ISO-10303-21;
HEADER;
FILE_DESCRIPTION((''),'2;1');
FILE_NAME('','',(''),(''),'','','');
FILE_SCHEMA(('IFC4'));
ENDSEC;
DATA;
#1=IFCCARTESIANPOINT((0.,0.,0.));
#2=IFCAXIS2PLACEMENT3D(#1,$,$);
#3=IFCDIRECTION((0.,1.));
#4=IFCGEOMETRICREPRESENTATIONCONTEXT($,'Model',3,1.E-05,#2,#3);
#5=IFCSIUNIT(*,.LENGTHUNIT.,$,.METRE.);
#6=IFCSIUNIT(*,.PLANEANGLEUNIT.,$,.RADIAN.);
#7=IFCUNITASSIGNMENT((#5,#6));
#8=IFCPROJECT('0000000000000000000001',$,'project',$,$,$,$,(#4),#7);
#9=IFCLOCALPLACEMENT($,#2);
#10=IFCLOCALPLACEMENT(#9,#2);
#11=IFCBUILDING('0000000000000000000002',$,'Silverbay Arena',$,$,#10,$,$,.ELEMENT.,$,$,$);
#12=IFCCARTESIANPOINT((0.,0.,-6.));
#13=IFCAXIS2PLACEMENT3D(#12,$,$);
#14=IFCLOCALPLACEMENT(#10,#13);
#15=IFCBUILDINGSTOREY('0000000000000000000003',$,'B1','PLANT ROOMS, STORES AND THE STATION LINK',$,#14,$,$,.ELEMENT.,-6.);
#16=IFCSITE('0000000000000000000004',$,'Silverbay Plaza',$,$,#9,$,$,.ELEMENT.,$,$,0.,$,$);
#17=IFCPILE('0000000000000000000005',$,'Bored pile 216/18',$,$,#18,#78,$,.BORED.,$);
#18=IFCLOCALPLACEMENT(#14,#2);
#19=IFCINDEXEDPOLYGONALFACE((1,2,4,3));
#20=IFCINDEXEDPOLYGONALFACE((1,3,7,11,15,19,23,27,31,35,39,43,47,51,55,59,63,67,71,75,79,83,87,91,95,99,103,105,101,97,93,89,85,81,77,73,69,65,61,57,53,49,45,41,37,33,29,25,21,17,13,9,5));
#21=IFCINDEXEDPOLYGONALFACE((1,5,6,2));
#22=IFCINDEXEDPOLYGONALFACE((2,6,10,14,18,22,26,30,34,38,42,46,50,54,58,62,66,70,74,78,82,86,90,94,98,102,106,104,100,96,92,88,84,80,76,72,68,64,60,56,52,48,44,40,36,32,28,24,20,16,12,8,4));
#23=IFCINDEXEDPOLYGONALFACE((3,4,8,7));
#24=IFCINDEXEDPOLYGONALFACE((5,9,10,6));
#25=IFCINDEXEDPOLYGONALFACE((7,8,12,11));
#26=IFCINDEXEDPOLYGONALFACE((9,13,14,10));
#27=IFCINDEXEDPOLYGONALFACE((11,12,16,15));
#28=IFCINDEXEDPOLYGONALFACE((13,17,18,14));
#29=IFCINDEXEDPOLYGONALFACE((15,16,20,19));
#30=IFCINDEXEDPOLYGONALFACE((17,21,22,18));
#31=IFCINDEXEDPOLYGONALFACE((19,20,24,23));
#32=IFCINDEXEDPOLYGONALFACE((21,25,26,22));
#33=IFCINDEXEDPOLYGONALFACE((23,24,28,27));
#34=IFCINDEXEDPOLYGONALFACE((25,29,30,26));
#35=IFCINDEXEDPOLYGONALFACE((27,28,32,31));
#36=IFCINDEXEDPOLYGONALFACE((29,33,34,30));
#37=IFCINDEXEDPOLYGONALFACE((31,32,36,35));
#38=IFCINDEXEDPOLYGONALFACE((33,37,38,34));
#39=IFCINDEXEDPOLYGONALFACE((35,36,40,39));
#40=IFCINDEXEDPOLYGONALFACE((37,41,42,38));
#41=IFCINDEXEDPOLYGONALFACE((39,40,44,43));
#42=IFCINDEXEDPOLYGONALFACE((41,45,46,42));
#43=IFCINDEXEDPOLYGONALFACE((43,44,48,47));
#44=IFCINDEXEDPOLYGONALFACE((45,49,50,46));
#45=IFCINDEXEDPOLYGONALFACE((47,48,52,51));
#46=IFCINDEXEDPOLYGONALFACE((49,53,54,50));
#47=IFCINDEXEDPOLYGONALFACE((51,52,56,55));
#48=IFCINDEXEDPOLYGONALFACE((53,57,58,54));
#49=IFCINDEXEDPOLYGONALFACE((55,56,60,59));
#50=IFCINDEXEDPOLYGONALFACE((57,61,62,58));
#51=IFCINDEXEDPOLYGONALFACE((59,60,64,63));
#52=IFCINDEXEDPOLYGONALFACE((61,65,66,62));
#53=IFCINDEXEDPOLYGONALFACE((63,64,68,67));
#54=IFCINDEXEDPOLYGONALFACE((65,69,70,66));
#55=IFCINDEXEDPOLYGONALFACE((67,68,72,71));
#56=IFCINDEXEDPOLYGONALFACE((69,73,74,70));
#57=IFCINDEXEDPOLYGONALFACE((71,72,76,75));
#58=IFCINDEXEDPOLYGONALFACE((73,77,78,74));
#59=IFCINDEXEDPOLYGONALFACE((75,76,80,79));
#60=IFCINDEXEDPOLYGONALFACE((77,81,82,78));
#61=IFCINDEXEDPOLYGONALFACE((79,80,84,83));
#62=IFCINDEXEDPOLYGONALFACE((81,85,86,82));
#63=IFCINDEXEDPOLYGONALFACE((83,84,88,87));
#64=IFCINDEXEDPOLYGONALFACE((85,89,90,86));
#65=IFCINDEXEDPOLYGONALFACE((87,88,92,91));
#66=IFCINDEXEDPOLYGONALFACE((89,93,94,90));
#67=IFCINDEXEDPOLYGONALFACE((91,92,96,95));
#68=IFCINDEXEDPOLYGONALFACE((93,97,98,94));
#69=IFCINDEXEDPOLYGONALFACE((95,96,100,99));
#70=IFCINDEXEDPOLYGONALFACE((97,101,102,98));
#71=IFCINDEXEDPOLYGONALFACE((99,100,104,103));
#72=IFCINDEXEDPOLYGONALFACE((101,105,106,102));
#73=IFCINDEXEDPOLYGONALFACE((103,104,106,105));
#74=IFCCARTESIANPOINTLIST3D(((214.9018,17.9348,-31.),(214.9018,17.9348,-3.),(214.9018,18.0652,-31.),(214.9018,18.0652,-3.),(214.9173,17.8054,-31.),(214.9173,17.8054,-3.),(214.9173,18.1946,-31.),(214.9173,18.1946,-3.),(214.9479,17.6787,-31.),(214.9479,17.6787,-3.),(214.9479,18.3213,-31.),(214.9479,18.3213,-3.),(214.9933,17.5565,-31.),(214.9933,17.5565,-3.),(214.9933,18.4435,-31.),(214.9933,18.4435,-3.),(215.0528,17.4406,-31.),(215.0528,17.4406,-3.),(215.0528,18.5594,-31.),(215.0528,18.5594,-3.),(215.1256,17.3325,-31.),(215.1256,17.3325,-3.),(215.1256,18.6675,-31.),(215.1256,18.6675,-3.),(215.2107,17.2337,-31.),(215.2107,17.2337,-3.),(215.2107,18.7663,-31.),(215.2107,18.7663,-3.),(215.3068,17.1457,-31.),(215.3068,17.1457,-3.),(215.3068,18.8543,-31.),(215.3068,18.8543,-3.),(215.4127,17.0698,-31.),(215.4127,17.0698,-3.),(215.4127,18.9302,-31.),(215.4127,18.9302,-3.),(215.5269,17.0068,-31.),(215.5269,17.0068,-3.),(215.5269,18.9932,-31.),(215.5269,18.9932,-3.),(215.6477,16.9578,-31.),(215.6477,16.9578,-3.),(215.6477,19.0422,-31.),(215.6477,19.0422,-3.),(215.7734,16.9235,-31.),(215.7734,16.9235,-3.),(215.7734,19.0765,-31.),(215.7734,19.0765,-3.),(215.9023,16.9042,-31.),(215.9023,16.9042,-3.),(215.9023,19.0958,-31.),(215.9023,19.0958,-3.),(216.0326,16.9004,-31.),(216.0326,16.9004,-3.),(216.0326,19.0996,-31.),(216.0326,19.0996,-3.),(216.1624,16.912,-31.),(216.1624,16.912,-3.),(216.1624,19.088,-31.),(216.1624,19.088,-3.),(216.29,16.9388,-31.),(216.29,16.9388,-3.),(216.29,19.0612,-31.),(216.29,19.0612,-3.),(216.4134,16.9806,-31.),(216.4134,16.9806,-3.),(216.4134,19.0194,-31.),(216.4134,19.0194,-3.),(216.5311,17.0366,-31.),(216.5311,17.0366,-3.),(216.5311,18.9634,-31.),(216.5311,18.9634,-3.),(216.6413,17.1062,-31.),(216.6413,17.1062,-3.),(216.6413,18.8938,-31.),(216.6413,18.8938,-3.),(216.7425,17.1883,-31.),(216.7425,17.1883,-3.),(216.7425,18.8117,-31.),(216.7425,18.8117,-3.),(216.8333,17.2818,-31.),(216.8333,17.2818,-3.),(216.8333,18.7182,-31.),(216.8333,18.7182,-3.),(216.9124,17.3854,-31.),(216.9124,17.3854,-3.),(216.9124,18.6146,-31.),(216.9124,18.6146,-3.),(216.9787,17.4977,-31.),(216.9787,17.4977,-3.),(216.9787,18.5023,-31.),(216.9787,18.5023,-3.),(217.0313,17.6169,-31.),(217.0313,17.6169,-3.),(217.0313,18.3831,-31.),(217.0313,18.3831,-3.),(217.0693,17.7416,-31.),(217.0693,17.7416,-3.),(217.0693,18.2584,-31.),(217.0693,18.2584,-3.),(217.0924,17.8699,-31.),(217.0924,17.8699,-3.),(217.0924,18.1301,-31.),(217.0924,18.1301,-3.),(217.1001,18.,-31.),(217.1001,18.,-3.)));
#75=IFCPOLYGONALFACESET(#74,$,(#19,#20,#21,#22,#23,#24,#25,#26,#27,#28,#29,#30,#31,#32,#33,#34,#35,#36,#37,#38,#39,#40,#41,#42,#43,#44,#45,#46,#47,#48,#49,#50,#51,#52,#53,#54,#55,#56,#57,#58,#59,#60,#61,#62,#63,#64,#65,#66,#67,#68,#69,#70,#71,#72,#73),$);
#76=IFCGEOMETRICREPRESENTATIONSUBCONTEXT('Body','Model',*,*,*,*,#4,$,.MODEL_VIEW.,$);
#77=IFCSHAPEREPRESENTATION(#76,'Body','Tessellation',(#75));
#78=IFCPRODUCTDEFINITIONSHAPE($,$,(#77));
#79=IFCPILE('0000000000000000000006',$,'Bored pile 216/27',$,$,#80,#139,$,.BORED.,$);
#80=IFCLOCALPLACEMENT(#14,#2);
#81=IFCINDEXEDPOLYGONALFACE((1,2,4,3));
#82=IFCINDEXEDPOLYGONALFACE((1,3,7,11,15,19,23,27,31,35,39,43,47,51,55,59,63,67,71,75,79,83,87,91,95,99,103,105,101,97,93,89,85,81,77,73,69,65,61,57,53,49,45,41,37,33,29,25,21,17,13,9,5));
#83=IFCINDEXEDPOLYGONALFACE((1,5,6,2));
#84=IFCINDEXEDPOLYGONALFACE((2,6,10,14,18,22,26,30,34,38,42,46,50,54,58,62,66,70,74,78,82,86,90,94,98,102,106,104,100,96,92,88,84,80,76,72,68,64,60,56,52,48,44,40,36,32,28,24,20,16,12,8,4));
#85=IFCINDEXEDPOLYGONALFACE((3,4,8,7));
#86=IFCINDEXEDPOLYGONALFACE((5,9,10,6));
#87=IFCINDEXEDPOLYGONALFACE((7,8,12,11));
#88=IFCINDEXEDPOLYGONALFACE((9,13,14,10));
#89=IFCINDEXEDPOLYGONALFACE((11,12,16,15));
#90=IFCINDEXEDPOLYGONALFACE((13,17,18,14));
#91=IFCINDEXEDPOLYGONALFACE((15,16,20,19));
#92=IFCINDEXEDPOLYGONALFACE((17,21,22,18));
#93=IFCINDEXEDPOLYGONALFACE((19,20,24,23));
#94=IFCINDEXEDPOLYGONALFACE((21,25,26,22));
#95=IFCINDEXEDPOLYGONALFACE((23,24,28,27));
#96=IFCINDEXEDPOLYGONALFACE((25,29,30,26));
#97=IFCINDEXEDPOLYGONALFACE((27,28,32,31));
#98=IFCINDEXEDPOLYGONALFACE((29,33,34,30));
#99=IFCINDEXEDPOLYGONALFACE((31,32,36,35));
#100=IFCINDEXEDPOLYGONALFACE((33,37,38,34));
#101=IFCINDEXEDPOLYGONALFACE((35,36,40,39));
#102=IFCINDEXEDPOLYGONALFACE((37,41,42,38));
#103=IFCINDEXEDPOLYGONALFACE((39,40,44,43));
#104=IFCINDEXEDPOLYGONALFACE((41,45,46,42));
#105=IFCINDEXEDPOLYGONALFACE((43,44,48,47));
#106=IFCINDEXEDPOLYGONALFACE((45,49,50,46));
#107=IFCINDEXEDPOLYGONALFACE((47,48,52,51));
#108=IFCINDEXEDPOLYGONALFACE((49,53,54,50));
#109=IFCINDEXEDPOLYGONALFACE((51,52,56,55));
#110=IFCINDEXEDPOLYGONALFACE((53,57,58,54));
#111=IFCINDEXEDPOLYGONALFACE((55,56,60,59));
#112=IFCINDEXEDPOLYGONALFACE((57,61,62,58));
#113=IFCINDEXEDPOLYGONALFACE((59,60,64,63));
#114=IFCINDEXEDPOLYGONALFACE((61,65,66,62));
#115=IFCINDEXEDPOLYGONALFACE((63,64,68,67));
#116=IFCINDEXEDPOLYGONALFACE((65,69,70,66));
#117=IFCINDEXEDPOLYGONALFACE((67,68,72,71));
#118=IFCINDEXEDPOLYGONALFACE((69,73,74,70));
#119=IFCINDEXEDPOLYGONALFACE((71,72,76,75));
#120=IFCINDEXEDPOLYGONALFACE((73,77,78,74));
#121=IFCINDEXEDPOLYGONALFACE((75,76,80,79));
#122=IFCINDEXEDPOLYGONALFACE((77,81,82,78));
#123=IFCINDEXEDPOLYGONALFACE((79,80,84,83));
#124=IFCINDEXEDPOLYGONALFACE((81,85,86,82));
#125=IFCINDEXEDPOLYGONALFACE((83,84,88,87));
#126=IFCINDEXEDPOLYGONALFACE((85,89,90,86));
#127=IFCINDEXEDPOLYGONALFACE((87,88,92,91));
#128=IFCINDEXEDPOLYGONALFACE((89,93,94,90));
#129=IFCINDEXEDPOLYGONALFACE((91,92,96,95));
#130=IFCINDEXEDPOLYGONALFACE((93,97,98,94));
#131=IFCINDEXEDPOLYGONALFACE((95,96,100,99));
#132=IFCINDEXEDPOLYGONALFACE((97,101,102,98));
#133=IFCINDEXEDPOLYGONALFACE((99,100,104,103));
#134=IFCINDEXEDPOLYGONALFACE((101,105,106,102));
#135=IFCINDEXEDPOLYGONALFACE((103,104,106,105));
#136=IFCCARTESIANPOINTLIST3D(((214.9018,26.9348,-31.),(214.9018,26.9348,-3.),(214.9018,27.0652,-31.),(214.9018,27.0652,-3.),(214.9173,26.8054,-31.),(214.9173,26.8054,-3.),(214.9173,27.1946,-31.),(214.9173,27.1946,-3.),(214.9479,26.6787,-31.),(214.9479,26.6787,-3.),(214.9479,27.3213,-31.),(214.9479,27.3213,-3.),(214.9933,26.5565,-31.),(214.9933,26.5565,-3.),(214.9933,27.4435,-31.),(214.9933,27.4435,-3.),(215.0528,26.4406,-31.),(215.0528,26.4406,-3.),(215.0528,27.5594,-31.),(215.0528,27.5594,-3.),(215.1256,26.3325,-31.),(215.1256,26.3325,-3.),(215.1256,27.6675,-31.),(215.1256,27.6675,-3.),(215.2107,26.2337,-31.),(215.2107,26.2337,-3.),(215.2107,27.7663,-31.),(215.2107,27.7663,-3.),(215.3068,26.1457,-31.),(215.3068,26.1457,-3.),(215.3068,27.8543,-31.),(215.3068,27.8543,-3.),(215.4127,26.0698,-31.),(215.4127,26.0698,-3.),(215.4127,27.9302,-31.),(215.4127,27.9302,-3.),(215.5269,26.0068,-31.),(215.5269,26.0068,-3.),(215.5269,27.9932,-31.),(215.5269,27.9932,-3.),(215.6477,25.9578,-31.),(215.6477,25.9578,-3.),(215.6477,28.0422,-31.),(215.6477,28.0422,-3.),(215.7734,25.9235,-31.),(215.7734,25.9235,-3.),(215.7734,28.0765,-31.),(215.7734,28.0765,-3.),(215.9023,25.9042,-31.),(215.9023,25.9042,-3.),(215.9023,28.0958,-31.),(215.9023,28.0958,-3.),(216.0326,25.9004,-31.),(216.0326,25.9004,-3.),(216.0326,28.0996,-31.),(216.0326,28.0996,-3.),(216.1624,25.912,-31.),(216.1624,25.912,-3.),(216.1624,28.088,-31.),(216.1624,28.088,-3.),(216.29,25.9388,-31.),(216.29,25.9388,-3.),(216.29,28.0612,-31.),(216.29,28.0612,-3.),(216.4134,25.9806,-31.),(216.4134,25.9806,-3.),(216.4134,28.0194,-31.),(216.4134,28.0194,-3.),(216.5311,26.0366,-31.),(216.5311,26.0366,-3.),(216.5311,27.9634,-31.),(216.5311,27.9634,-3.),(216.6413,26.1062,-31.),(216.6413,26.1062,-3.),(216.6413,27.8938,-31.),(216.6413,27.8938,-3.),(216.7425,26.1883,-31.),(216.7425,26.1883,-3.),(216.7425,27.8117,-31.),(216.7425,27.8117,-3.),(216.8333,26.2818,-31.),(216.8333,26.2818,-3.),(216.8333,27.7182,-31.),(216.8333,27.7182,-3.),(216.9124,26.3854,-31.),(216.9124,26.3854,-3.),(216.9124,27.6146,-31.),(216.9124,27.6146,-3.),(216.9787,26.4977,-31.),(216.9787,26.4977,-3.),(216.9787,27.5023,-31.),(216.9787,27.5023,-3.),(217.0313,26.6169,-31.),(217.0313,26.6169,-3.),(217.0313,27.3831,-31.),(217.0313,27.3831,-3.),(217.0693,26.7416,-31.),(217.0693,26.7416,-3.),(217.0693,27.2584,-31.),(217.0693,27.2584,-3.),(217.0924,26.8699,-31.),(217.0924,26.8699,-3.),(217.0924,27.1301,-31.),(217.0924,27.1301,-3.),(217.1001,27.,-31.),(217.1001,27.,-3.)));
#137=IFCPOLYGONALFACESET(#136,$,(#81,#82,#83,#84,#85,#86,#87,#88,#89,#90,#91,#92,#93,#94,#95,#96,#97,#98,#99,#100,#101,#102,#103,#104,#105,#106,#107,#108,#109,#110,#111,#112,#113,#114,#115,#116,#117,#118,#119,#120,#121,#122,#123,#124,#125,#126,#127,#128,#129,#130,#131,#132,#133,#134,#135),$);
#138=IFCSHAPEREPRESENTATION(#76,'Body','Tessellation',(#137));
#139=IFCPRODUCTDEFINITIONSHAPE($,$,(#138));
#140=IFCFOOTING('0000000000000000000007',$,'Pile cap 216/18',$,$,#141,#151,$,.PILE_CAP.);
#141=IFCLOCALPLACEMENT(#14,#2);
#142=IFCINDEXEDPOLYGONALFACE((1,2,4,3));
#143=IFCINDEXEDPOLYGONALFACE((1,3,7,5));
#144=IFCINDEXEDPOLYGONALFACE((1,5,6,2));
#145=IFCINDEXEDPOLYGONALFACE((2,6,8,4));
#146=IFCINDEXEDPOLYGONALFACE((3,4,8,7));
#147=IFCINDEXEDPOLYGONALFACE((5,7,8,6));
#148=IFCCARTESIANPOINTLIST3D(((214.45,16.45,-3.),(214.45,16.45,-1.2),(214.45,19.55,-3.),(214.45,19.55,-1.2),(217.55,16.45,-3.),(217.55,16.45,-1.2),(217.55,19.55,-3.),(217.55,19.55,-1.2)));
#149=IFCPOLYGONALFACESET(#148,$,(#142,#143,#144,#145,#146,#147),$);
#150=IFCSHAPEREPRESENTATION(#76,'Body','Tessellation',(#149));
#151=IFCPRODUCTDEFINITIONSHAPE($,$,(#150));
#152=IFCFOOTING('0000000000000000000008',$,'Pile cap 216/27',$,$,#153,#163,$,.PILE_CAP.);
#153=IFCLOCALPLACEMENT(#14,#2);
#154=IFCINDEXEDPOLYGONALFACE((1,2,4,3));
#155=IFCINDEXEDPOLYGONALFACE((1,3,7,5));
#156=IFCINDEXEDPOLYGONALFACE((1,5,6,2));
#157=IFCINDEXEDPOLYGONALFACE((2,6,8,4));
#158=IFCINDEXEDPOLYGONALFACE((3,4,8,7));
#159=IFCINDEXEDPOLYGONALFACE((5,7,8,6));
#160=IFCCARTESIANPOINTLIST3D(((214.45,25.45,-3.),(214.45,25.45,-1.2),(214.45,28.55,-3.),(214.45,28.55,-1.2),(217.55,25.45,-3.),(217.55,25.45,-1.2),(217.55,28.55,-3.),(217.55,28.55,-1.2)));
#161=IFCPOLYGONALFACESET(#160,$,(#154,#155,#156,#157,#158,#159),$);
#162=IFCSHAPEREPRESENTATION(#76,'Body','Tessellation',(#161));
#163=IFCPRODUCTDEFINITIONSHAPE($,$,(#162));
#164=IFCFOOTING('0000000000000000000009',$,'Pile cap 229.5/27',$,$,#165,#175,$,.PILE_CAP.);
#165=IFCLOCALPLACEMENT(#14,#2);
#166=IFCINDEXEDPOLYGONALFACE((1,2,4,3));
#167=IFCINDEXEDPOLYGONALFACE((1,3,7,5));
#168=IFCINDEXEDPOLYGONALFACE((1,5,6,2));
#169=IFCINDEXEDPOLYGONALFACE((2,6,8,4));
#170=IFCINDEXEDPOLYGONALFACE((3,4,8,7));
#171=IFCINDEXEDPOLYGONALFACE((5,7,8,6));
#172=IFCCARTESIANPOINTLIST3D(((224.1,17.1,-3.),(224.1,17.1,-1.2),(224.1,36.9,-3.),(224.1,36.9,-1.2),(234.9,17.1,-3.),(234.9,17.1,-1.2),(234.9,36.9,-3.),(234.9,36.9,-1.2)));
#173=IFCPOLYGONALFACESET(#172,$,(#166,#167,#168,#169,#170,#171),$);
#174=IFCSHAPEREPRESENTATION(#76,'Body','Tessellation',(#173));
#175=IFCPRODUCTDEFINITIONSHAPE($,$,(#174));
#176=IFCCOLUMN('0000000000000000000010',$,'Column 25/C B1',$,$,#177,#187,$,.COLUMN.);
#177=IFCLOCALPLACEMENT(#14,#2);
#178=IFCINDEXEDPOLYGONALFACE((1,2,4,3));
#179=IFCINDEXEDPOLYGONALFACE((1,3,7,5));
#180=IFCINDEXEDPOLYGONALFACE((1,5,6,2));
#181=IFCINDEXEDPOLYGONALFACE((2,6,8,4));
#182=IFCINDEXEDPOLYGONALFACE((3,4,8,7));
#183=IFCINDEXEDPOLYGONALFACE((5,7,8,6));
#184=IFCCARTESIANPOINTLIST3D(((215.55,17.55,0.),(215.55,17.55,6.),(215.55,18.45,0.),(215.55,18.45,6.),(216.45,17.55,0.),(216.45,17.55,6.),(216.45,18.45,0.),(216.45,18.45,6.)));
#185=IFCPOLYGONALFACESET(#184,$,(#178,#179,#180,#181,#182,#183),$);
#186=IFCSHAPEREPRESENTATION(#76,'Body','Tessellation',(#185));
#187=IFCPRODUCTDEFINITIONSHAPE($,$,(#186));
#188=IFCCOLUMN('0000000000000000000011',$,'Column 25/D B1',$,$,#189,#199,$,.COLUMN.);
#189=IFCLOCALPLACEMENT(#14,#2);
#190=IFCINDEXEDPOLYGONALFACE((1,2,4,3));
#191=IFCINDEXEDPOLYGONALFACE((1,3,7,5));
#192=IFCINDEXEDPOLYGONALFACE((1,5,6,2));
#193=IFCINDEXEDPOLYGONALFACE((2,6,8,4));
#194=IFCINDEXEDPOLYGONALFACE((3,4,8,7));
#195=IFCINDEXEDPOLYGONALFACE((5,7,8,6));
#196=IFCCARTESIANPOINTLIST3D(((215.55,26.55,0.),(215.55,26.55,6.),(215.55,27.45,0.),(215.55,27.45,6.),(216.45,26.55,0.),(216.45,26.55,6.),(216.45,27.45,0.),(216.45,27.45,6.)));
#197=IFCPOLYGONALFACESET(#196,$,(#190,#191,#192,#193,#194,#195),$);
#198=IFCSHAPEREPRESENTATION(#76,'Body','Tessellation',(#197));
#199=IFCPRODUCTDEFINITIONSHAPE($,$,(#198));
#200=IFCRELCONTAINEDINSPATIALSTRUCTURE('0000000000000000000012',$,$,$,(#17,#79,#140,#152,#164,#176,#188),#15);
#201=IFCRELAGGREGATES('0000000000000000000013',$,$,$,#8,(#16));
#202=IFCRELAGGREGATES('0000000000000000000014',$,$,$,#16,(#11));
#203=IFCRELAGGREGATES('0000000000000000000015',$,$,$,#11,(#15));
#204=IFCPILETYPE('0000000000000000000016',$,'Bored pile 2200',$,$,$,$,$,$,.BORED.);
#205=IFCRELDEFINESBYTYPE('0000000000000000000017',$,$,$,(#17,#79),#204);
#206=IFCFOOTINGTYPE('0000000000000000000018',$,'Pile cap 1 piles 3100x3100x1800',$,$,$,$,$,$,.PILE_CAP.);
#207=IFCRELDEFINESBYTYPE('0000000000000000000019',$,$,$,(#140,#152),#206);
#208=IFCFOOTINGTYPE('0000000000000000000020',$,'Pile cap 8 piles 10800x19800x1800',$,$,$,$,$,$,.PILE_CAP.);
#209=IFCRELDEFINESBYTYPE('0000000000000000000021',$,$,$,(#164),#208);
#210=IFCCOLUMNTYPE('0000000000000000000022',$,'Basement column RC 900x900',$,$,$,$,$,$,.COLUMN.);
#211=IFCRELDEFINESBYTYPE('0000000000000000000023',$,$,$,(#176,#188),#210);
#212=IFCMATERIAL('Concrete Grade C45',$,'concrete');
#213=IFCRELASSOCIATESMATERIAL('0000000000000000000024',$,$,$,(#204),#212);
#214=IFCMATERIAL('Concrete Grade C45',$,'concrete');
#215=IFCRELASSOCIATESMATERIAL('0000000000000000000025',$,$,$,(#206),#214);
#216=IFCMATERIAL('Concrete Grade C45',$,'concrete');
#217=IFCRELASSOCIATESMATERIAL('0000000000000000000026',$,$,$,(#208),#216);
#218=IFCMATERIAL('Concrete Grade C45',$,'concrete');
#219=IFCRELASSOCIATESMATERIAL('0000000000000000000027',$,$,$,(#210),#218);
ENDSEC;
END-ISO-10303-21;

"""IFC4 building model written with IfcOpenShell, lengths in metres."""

from ifc_helpers import new_model, si_unit, direction, frame, origin, origin_2d, place, context, subcontext, project, spatial, rectangle, circle, extrude, material, material_profile, profile_set, type_object, element, save


model = new_model("IFC4")

# Units and contexts
model_context = context("Model", 3, precision=1e-05, world=origin(), true_north=direction((0.0, 1.0)))
body_context = subcontext(model_context, "Body", "Model", "MODEL_VIEW")
ifc_project = project(units=[si_unit("LENGTHUNIT", "METRE"), si_unit("PLANEANGLEUNIT", "RADIAN")], contexts=[model_context])

# Site, building, storey
site_placement = place(None, origin())
site = spatial("IfcSite", under=ifc_project, at=site_placement, Name="Silverbay Plaza", CompositionType="ELEMENT", RefElevation=0.0)
building_placement = place(site_placement, origin())
building = spatial("IfcBuilding", under=site, at=building_placement, Name="Silverbay Arena", CompositionType="ELEMENT")
storey_placement = place(building_placement, frame((0.0, 0.0, -6.0)))
storey = spatial("IfcBuildingStorey", under=building, at=storey_placement, Name="B1", Description="PLANT ROOMS, STORES AND THE STATION LINK", CompositionType="ELEMENT", Elevation=-6.0)

# Piles
ifc_material_1 = material(Name="Concrete Grade C45", Category="concrete")
ifc_material_profile_1 = material_profile(ifc_material_1, circle(Radius=1.1001, at=origin_2d()), Name="Bored pile 2200")
ifc_profile_set_1 = profile_set([ifc_material_profile_1], Name="Concrete Grade C45")
pile_type_1 = type_object("IfcPileType", Name="Bored pile 2200", PredefinedType="BORED", material=ifc_profile_set_1)
for number, where, z_axis, x_axis, name in (
    (1, (216.0, 18.0, -3.0), (0.0, 0.0, -1.0), (1.0, 0.0, 0.0), "Bored pile 216/18"),
    (2, (216.0, 27.0, -3.0), (0.0, 0.0, -1.0), (1.0, 0.0, 0.0), "Bored pile 216/27"),
):
    element("IfcPile", number, at=place(storey_placement, frame(where, z_axis=z_axis, x_axis=x_axis)), inside=storey, type_object=pile_type_1, Name=name, PredefinedType="BORED", context=body_context, shape_type="SweptSolid", body=[
        extrude(circle(Radius=1.1001, at=origin_2d()), origin(), (0.0, 0.0, 1.0), 28.0),
    ])

# Footings
ifc_material_2 = material(Name="Concrete Grade C45", Category="concrete")
footing_type_1 = type_object("IfcFootingType", Name="Pile cap 1 piles 3100x3100x1800", PredefinedType="PILE_CAP", material=ifc_material_2)
for number, where, z_axis, x_axis, name in (
    (3, (216.0, 18.0, -3.0), (0.0, 0.0, 1.0), (1.0, 0.0, 0.0), "Pile cap 216/18"),
    (4, (216.0, 27.0, -3.0), (0.0, 0.0, 1.0), (1.0, 0.0, 0.0), "Pile cap 216/27"),
):
    element("IfcFooting", number, at=place(storey_placement, frame(where, z_axis=z_axis, x_axis=x_axis)), inside=storey, type_object=footing_type_1, Name=name, PredefinedType="PILE_CAP", context=body_context, shape_type="SweptSolid", body=[
        extrude(rectangle(XDim=3.1001, YDim=3.1001, at=origin_2d()), origin(), (0.0, 0.0, 1.0), 1.8),
    ])
ifc_material_3 = material(Name="Concrete Grade C45", Category="concrete")
footing_type_2 = type_object("IfcFootingType", Name="Pile cap 8 piles 10800x19800x1800", PredefinedType="PILE_CAP", material=ifc_material_3)
footing_placement = place(storey_placement, frame((229.5, 27.0, -3.0), z_axis=(0.0, 0.0, 1.0), x_axis=(1.0, 0.0, 0.0)))
element("IfcFooting", 5, at=footing_placement, inside=storey, type_object=footing_type_2, Name="Pile cap 229.5/27", PredefinedType="PILE_CAP", context=body_context, shape_type="SweptSolid", body=[
    extrude(rectangle(XDim=10.8, YDim=19.8, at=origin_2d()), origin(), (0.0, 0.0, 1.0), 1.8),
])

# Columns
ifc_material_4 = material(Name="Concrete Grade C45", Category="concrete")
ifc_material_profile_2 = material_profile(ifc_material_4, rectangle(XDim=0.8999, YDim=0.8999, at=origin_2d()), Name="RC 900x900")
ifc_profile_set_2 = profile_set([ifc_material_profile_2], Name="Concrete Grade C45")
column_type = type_object("IfcColumnType", Name="Basement column RC 900x900", PredefinedType="COLUMN", material=ifc_profile_set_2)
for number, where, z_axis, x_axis, name in (
    (6, (216.0, 18.0, 0.0), (0.0, 0.0, 1.0), (1.0, 0.0, 0.0), "Column 25/C B1"),
    (7, (216.0, 27.0, 0.0), (0.0, 0.0, 1.0), (1.0, 0.0, 0.0), "Column 25/D B1"),
):
    element("IfcColumn", number, at=place(storey_placement, frame(where, z_axis=z_axis, x_axis=x_axis)), inside=storey, type_object=column_type, Name=name, PredefinedType="COLUMN", context=body_context, shape_type="SweptSolid", body=[
        extrude(rectangle(XDim=0.8999, YDim=0.8999, at=origin_2d()), origin(), (0.0, 0.0, 1.0), 6.0),
    ])

save(model, "model.ifc")
